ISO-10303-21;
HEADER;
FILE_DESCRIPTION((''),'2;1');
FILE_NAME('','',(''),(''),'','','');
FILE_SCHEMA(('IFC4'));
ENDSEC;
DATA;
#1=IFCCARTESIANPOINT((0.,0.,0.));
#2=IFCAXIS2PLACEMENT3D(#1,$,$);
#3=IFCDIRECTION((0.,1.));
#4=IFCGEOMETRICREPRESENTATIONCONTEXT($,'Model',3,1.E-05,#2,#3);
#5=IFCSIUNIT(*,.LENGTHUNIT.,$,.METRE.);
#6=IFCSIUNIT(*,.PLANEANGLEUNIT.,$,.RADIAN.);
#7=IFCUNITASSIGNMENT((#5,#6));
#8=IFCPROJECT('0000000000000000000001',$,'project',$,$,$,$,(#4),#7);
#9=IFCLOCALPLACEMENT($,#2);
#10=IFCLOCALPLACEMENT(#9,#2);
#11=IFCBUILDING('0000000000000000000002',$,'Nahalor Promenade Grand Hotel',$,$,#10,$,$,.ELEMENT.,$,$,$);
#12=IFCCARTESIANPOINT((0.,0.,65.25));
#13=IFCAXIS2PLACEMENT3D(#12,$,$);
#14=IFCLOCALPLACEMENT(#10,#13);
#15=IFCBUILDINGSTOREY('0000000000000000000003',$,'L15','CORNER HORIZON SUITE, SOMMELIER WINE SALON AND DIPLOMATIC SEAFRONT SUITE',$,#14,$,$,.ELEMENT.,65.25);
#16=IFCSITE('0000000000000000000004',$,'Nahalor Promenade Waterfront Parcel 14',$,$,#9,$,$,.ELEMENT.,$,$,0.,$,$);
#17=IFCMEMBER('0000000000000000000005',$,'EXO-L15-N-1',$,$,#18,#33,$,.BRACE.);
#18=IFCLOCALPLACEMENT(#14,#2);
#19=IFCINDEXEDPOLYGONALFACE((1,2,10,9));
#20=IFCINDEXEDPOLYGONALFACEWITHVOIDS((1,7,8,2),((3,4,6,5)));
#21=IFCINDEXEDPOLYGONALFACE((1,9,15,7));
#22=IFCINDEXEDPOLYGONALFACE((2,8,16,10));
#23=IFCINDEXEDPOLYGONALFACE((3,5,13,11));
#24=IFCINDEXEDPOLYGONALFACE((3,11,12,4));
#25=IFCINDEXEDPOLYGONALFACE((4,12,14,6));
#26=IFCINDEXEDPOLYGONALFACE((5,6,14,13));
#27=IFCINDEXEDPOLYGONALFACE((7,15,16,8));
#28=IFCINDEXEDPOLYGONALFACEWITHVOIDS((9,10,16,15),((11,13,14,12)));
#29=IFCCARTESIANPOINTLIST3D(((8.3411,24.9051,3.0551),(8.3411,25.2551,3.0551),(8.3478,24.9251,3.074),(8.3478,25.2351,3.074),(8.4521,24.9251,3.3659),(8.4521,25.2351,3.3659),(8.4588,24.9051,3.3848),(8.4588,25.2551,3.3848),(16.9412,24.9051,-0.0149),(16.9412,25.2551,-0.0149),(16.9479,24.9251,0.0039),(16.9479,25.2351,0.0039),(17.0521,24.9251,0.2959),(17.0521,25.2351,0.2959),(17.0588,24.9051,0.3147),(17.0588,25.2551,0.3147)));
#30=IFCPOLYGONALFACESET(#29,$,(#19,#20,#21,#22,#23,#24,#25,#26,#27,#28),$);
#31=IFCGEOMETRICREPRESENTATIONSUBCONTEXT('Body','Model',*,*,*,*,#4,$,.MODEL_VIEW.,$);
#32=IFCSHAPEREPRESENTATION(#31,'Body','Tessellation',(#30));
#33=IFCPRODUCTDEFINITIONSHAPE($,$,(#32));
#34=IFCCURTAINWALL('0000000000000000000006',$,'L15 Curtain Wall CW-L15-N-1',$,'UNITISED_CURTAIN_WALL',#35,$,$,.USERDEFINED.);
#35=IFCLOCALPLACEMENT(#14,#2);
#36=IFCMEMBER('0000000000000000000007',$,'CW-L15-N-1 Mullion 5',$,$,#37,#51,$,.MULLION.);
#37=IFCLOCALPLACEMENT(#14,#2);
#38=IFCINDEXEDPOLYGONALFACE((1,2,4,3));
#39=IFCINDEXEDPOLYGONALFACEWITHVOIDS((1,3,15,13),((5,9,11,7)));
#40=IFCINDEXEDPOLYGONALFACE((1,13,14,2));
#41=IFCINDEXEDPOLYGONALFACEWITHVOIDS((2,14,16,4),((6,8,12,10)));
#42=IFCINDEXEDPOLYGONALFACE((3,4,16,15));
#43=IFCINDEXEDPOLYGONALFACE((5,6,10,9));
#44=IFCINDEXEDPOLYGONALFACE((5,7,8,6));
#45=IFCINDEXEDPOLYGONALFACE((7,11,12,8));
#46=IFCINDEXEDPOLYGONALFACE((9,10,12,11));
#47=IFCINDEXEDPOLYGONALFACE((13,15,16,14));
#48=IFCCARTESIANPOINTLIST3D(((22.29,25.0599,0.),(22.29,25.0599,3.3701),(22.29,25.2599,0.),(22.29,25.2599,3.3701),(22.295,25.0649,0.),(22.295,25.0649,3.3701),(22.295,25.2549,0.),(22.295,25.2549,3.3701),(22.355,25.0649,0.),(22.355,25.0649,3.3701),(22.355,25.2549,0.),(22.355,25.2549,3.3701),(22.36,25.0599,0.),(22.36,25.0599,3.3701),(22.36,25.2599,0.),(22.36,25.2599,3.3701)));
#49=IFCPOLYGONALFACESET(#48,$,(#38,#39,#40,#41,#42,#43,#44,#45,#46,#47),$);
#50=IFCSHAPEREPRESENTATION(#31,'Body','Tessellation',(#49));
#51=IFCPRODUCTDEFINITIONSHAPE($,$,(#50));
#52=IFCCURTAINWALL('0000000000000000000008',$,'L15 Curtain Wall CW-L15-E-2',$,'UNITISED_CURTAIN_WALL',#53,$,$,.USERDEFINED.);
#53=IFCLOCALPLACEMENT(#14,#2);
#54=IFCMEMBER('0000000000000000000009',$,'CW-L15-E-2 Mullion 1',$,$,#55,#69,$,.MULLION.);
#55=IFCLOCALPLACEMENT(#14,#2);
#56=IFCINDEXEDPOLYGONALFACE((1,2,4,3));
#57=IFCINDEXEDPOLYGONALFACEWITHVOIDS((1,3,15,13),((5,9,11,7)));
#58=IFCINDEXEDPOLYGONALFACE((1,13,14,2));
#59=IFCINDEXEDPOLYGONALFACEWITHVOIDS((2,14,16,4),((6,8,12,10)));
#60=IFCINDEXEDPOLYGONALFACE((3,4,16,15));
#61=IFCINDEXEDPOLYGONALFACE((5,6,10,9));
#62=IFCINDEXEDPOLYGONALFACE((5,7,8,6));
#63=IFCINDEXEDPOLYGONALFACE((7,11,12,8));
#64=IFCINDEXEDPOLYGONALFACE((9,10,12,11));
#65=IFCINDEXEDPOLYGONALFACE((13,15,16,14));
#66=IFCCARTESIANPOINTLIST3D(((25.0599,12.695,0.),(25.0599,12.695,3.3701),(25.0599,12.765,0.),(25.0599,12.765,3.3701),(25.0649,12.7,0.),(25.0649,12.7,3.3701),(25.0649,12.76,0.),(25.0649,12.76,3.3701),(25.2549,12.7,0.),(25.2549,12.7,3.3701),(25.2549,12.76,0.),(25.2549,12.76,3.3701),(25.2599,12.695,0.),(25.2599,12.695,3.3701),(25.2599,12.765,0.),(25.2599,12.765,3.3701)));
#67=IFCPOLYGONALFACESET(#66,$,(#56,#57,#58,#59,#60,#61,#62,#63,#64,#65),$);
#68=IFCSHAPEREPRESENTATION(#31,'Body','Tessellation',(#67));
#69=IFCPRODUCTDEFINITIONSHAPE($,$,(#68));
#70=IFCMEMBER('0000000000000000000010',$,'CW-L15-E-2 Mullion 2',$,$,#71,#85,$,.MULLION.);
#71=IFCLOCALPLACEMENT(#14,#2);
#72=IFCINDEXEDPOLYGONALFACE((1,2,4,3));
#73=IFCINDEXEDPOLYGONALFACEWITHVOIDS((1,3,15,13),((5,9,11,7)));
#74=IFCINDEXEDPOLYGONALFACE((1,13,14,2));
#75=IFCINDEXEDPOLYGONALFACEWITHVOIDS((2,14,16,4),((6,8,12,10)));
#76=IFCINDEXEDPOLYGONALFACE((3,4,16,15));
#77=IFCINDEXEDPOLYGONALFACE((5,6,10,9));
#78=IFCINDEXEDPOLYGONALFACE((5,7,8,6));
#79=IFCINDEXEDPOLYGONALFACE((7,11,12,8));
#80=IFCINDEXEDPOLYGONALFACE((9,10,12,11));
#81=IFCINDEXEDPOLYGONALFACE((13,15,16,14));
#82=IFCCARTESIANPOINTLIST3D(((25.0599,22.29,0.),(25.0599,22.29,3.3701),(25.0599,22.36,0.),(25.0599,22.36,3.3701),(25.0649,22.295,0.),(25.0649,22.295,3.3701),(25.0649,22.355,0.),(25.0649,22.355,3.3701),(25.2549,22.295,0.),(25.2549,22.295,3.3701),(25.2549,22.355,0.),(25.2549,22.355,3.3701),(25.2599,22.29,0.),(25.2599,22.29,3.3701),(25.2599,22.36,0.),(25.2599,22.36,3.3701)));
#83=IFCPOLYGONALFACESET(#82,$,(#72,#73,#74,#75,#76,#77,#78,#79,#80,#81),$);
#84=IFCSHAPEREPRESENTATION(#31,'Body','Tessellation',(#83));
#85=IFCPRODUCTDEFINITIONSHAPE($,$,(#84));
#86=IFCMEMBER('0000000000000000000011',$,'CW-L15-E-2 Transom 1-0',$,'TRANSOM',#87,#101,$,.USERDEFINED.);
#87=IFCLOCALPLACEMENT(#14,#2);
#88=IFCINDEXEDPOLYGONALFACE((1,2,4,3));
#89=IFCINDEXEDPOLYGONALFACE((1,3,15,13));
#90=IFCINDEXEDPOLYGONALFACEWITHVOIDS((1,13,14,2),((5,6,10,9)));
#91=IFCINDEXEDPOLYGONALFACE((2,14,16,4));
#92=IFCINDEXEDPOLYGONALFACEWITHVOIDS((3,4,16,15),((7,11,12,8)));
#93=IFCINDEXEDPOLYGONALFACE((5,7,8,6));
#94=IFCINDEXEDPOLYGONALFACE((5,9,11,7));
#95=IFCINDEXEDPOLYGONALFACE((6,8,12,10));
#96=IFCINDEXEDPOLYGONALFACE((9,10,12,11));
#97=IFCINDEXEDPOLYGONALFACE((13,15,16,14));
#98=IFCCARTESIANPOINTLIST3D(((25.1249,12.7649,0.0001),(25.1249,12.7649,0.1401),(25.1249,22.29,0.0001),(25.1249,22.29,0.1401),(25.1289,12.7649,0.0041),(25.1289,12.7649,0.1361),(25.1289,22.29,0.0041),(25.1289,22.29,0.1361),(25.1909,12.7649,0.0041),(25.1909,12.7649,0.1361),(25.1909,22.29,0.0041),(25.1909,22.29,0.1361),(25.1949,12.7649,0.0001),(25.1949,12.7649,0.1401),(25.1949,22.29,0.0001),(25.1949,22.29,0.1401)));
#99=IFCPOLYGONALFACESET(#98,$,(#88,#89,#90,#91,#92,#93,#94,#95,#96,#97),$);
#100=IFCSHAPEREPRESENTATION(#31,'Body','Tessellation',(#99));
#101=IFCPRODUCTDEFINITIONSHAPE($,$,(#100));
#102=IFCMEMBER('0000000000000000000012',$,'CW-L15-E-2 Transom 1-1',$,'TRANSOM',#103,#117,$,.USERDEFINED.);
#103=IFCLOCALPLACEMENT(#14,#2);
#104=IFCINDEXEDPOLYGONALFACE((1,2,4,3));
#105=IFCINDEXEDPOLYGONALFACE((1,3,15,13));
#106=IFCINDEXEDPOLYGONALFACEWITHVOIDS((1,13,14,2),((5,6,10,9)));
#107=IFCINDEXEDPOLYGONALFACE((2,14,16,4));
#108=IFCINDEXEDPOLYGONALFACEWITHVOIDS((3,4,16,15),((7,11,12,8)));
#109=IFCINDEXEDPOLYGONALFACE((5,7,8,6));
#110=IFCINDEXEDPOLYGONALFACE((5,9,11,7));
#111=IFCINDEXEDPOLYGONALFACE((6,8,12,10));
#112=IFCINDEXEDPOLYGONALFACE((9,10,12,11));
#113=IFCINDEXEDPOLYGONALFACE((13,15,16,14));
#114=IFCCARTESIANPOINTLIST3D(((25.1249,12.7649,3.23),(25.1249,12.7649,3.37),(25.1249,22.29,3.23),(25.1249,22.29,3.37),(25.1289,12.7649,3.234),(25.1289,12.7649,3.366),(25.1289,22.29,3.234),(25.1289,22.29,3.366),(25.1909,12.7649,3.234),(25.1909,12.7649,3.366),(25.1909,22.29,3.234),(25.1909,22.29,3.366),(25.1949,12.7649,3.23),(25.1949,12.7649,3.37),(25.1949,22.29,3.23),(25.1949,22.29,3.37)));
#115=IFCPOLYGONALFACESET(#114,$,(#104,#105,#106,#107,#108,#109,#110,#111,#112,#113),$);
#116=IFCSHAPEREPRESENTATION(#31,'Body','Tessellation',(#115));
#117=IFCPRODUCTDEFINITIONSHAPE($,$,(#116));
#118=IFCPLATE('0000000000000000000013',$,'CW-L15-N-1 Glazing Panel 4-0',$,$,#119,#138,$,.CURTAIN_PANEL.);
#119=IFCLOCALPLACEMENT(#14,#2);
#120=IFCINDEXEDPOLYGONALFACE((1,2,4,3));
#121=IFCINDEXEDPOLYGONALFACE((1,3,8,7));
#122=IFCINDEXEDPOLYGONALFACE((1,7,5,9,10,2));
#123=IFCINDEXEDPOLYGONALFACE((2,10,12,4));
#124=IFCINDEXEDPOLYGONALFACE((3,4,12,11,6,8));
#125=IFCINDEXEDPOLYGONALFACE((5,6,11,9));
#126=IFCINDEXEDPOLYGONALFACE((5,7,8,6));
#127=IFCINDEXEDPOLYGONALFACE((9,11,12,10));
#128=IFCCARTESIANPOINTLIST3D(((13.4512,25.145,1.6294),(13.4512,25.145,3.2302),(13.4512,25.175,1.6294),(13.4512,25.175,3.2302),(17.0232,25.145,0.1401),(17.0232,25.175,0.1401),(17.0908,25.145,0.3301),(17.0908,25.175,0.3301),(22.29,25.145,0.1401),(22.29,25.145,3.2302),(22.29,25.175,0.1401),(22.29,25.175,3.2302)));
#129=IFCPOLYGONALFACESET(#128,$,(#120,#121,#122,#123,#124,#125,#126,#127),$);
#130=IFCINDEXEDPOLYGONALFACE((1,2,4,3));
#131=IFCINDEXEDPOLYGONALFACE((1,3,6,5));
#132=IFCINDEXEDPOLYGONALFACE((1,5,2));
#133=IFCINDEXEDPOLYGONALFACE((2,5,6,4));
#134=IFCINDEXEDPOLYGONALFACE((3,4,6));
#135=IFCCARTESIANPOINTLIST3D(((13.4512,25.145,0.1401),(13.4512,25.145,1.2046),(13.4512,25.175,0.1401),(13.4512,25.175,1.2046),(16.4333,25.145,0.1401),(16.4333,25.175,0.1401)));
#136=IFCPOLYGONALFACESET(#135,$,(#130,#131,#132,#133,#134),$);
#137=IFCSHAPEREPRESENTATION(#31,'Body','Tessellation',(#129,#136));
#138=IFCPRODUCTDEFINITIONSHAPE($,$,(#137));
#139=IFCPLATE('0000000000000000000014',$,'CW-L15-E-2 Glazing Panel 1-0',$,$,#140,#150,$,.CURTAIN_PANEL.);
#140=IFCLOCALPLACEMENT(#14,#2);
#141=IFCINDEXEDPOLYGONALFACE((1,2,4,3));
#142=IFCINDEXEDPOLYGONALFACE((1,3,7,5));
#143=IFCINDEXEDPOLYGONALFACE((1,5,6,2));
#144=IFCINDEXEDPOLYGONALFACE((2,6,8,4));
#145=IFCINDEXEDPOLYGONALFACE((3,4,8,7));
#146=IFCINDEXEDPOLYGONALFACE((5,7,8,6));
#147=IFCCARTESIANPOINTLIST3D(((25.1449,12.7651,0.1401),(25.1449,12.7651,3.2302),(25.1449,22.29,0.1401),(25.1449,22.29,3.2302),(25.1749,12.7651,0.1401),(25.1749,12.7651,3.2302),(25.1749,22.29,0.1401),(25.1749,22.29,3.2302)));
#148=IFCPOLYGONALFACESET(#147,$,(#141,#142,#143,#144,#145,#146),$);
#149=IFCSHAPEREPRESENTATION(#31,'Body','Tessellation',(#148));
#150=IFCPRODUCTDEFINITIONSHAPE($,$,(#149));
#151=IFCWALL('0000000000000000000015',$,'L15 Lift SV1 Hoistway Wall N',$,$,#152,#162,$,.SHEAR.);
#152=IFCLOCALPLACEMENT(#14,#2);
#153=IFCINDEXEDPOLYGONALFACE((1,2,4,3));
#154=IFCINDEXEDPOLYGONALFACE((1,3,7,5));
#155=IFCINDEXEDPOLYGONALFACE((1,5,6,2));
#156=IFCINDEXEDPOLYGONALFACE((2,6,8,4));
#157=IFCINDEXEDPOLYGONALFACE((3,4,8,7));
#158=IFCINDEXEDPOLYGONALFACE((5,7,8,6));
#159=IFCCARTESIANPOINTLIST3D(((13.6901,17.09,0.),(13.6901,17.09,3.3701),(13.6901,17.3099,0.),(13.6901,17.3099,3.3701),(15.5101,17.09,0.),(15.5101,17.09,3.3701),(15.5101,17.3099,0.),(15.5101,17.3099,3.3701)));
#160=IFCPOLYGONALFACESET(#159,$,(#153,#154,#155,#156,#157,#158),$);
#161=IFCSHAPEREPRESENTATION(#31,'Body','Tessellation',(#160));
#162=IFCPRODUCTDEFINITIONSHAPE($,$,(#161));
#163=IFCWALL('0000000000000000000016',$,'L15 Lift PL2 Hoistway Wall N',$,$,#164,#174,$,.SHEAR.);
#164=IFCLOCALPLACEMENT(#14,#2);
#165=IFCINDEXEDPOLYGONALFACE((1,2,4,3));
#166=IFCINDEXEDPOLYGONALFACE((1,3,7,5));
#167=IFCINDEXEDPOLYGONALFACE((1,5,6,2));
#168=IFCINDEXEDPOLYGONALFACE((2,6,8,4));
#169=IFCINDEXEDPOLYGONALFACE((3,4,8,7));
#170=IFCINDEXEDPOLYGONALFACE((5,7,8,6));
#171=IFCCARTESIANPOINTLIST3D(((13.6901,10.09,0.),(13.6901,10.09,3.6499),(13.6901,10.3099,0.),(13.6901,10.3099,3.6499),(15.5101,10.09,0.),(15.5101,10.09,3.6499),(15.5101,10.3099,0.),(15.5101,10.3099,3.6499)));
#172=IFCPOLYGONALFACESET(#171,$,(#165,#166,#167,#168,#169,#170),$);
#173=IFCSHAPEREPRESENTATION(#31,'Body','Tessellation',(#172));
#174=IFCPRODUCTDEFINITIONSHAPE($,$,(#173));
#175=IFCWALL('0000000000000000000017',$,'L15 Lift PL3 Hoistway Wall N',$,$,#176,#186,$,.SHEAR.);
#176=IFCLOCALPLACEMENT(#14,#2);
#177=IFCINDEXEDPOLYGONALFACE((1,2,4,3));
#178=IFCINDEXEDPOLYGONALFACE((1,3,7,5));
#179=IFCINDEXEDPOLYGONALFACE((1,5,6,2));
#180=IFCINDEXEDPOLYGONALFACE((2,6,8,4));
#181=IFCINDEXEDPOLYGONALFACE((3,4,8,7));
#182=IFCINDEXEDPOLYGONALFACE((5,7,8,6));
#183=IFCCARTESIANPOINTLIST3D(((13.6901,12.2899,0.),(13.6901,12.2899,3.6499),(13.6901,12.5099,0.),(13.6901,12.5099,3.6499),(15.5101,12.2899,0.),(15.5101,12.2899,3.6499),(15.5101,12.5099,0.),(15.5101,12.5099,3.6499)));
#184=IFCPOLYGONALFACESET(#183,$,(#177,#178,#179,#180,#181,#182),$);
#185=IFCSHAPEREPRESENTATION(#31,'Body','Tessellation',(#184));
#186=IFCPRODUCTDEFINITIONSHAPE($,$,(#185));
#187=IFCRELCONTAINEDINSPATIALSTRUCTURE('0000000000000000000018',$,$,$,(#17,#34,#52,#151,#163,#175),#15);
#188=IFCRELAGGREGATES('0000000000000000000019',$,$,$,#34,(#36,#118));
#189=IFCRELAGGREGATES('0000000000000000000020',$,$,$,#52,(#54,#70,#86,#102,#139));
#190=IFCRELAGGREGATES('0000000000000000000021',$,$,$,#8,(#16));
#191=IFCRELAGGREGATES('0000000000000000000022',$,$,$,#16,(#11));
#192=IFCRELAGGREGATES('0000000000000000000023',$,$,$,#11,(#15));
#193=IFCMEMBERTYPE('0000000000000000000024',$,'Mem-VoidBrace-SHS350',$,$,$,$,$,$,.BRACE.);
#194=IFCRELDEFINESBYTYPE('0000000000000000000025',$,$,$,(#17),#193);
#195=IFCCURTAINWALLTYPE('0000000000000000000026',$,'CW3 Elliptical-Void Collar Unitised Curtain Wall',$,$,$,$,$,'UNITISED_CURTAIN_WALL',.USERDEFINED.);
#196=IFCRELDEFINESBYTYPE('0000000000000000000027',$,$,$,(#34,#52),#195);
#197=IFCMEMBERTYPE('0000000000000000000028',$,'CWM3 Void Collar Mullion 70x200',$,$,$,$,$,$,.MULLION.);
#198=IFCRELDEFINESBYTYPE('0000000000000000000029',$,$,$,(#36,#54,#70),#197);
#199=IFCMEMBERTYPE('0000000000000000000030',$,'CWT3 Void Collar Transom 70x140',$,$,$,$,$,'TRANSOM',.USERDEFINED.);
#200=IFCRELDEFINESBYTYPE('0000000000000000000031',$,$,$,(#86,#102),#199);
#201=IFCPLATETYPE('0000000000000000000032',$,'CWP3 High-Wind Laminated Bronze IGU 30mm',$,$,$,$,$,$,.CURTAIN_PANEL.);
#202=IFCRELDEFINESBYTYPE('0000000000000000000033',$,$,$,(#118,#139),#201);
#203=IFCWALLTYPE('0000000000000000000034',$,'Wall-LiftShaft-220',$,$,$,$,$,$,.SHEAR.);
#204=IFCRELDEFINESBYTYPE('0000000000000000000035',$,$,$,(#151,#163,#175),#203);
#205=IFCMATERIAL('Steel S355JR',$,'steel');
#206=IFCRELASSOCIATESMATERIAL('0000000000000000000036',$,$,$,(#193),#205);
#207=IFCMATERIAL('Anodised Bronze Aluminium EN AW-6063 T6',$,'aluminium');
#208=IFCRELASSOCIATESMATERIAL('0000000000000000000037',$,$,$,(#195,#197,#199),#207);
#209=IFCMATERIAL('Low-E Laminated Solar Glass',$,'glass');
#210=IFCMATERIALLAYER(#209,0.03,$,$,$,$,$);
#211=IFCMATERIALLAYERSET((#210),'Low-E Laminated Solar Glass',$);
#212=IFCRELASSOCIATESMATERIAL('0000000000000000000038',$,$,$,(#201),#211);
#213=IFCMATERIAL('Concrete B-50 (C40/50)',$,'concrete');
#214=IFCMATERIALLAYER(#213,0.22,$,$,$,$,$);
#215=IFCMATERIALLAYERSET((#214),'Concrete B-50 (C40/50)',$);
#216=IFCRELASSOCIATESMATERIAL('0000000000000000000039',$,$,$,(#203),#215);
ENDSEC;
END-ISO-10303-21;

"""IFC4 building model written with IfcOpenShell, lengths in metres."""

from ifc_helpers import new_model, si_unit, direction, frame, frame_2d, origin, origin_2d, place, context, subcontext, project, spatial, polyline, rectangle, hollow_rectangle, outline, extrude, source, transform, mapped, material, layer, layer_set, material_profile, profile_set, type_object, element, aggregate, save


model = new_model("IFC4")

# Units and contexts
model_context = context("Model", 3, precision=1e-05, world=origin(), true_north=direction((0.0, 1.0)))
body_context = subcontext(model_context, "Body", "Model", "MODEL_VIEW")
ifc_project = project(units=[si_unit("LENGTHUNIT", "METRE"), si_unit("PLANEANGLEUNIT", "RADIAN")], contexts=[model_context])

# Site, building, storey
site_placement = place(None, origin())
site = spatial("IfcSite", under=ifc_project, at=site_placement, Name="Nahalor Promenade Waterfront Parcel 14", CompositionType="ELEMENT", RefElevation=0.0)
building_placement = place(site_placement, origin())
building = spatial("IfcBuilding", under=site, at=building_placement, Name="Nahalor Promenade Grand Hotel", CompositionType="ELEMENT")
storey_placement = place(building_placement, frame((0.0, 0.0, 65.25)))
storey = spatial("IfcBuildingStorey", under=building, at=storey_placement, Name="L15", Description="CORNER HORIZON SUITE, SOMMELIER WINE SALON AND DIPLOMATIC SEAFRONT SUITE", CompositionType="ELEMENT", Elevation=65.25)

# Shared definitions
ifc_material_1 = material(Name="Steel S355JR", Category="steel")

# Member
ifc_material_profile_1 = material_profile(ifc_material_1, hollow_rectangle(XDim=0.35, YDim=0.35, WallThickness=0.02, at=origin_2d()), Name="SHS 350x350x20")
ifc_profile_set_1 = profile_set([ifc_material_profile_1], Name="Steel S355JR")
member_type_1 = type_object("IfcMemberType", Name="Mem-VoidBrace-SHS350", PredefinedType="BRACE", material=ifc_profile_set_1)
shared_shape_1 = source(origin(), body_context, "Body", "SweptSolid", [
    extrude(hollow_rectangle(XDim=0.35, YDim=0.35, WallThickness=0.02, at=origin_2d()), origin(), (0.0, 0.0, 1.0), 9.1316),
])
member_1_placement = place(storey_placement, frame((17.0, 25.0801, 0.1499), z_axis=(-0.94179, 0.0, 0.336201), x_axis=(0.0, -1.0, 0.0)))
element("IfcMember", 1, at=member_1_placement, inside=storey, type_object=member_type_1, Name="EXO-L15-N-1", PredefinedType="BRACE", context=body_context, shape_type="MappedRepresentation", body=[
    mapped(shared_shape_1, transform((0.0, 0.0, 0.0), scale=1.0)),
])

# Curtain wall, member
ifc_material_2 = material(Name="Anodised Bronze Aluminium EN AW-6063 T6", Category="aluminium")
curtain_wall_type = type_object("IfcCurtainWallType", Name="CW3 Elliptical-Void Collar Unitised Curtain Wall", ElementType="UNITISED_CURTAIN_WALL", PredefinedType="USERDEFINED", material=ifc_material_2)
curtain_wall_1_placement = place(storey_placement, origin())
curtain_wall_1 = element("IfcCurtainWall", 2, at=curtain_wall_1_placement, inside=storey, type_object=curtain_wall_type, Name="L15 Curtain Wall CW-L15-N-1", ObjectType="UNITISED_CURTAIN_WALL", PredefinedType="USERDEFINED")
ifc_material_profile_2 = material_profile(ifc_material_2, hollow_rectangle(XDim=0.07, YDim=0.2, WallThickness=0.005, at=origin_2d()), Name="CWM 70x200x5")
ifc_profile_set_2 = profile_set([ifc_material_profile_2], Name="Anodised Bronze Aluminium EN AW-6063 T6")
member_type_2 = type_object("IfcMemberType", Name="CWM3 Void Collar Mullion 70x200", PredefinedType="MULLION", material=ifc_profile_set_2)
shared_shape_2 = source(origin(), body_context, "Body", "SweptSolid", [
    extrude(hollow_rectangle(XDim=0.07, YDim=0.2, WallThickness=0.005, at=origin_2d()), origin(), (0.0, 0.0, 1.0), 3.3701),
])
member_2_placement = place(storey_placement, frame((22.325, 25.1599, 0.0), z_axis=(0.0, 0.0, 1.0), x_axis=(1.0, 0.0, 0.0)))
member_2 = element("IfcMember", 3, at=member_2_placement, type_object=member_type_2, Name="CW-L15-N-1 Mullion 5", PredefinedType="MULLION", context=body_context, shape_type="MappedRepresentation", body=[
    mapped(shared_shape_2, transform((0.0, 0.0, 0.0), scale=1.0)),
])

# Curtain wall, members
curtain_wall_2_placement = place(storey_placement, origin())
curtain_wall_2 = element("IfcCurtainWall", 4, at=curtain_wall_2_placement, inside=storey, type_object=curtain_wall_type, Name="L15 Curtain Wall CW-L15-E-2", ObjectType="UNITISED_CURTAIN_WALL", PredefinedType="USERDEFINED")
member_3_placement = place(storey_placement, frame((25.1599, 12.73, 0.0), z_axis=(0.0, 0.0, 1.0), x_axis=(0.0, 1.0, 0.0)))
member_3 = element("IfcMember", 5, at=member_3_placement, type_object=member_type_2, Name="CW-L15-E-2 Mullion 1", PredefinedType="MULLION", context=body_context, shape_type="MappedRepresentation", body=[
    mapped(shared_shape_2, transform((0.0, 0.0, 0.0), scale=1.0)),
])
member_4_placement = place(storey_placement, frame((25.1599, 22.325, 0.0), z_axis=(0.0, 0.0, 1.0), x_axis=(0.0, 1.0, 0.0)))
member_4 = element("IfcMember", 6, at=member_4_placement, type_object=member_type_2, Name="CW-L15-E-2 Mullion 2", PredefinedType="MULLION", context=body_context, shape_type="MappedRepresentation", body=[
    mapped(shared_shape_2, transform((0.0, 0.0, 0.0), scale=1.0)),
])
ifc_material_profile_3 = material_profile(ifc_material_2, hollow_rectangle(XDim=0.07, YDim=0.14, WallThickness=0.004, at=origin_2d()), Name="CWT 70x140x4")
ifc_profile_set_3 = profile_set([ifc_material_profile_3], Name="Anodised Bronze Aluminium EN AW-6063 T6")
member_type_3 = type_object("IfcMemberType", Name="CWT3 Void Collar Transom 70x140", ElementType="TRANSOM", PredefinedType="USERDEFINED", material=ifc_profile_set_3)
shared_shape_3 = source(origin(), body_context, "Body", "SweptSolid", [
    extrude(hollow_rectangle(XDim=0.07, YDim=0.14, WallThickness=0.004, at=origin_2d()), origin(), (0.0, 0.0, 1.0), 9.5251),
])
member_5_placement = place(storey_placement, frame((25.1599, 12.7649, 0.0701), z_axis=(0.0, 1.0, 0.0), x_axis=(-1.0, 0.0, 0.0)))
member_5 = element("IfcMember", 7, at=member_5_placement, type_object=member_type_3, Name="CW-L15-E-2 Transom 1-0", ObjectType="TRANSOM", PredefinedType="USERDEFINED", context=body_context, shape_type="MappedRepresentation", body=[
    mapped(shared_shape_3, transform((0.0, 0.0, 0.0), scale=1.0)),
])
member_6_placement = place(storey_placement, frame((25.1599, 12.7649, 3.3), z_axis=(0.0, 1.0, 0.0), x_axis=(-1.0, 0.0, 0.0)))
member_6 = element("IfcMember", 8, at=member_6_placement, type_object=member_type_3, Name="CW-L15-E-2 Transom 1-1", ObjectType="TRANSOM", PredefinedType="USERDEFINED", context=body_context, shape_type="MappedRepresentation", body=[
    mapped(shared_shape_3, transform((0.0, 0.0, 0.0), scale=1.0)),
])

# Plates
ifc_material_3 = material(Name="Low-E Laminated Solar Glass", Category="glass")
ifc_layer_1 = layer(ifc_material_3, 0.03)
ifc_layer_set_1 = layer_set([ifc_layer_1], Name="Low-E Laminated Solar Glass")
plate_type = type_object("IfcPlateType", Name="CWP3 High-Wind Laminated Bronze IGU 30mm", PredefinedType="CURTAIN_PANEL", material=ifc_layer_set_1)
plate_1_placement = place(storey_placement, frame((17.8706, 25.1599, 0.1401), z_axis=(0.0, 0.0, 1.0), x_axis=(1.0, 0.0, 0.0)))
plate_1 = element("IfcPlate", 9, at=plate_1_placement, type_object=plate_type, Name="CW-L15-N-1 Glazing Panel 4-0", PredefinedType="CURTAIN_PANEL", context=body_context, shape_type="SweptSolid", body=[
    extrude(outline(polyline([(4.4194, 3.0901), (-4.4194, 3.0901), (-4.4194, 1.4893), (-0.7798, 0.1899), (-0.8474, 0.0), (4.4194, 0.0), (4.4194, 3.0901)])), frame((0.0, 0.0151, 0.0), z_axis=(0.0, -1.0, 0.0), x_axis=(1.0, 0.0, 0.0)), (0.0, 0.0, 1.0), 0.03),
    extrude(outline(polyline([(-4.4194, 1.0645), (-4.4194, 0.0), (-1.4373, 0.0), (-4.4194, 1.0645)])), frame((0.0, 0.0151, 0.0), z_axis=(0.0, -1.0, 0.0), x_axis=(1.0, 0.0, 0.0)), (0.0, 0.0, 1.0), 0.03),
])
aggregate(curtain_wall_1, [member_2, plate_1])
shared_shape_4 = source(origin(), body_context, "Body", "SweptSolid", [
    extrude(rectangle(XDim=9.5249, YDim=0.03, at=origin_2d()), origin(), (0.0, 0.0, 1.0), 3.0901),
])
plate_2_placement = place(storey_placement, frame((25.1599, 17.5276, 0.1401), z_axis=(0.0, 0.0, 1.0), x_axis=(0.0, 1.0, 0.0)))
plate_2 = element("IfcPlate", 10, at=plate_2_placement, type_object=plate_type, Name="CW-L15-E-2 Glazing Panel 1-0", PredefinedType="CURTAIN_PANEL", context=body_context, shape_type="MappedRepresentation", body=[
    mapped(shared_shape_4, transform((0.0, 0.0, 0.0), scale=1.0)),
])
aggregate(curtain_wall_2, [member_3, member_4, member_5, member_6, plate_2])

# Walls
ifc_material_4 = material(Name="Concrete B-50 (C40/50)", Category="concrete")
ifc_layer_2 = layer(ifc_material_4, 0.22)
ifc_layer_set_2 = layer_set([ifc_layer_2], Name="Concrete B-50 (C40/50)")
wall_type_1 = type_object("IfcWallType", Name="Wall-LiftShaft-220", PredefinedType="SHEAR", material=ifc_layer_set_2)
shared_shape_5 = source(origin(), body_context, "Body", "SweptSolid", [
    extrude(rectangle(XDim=1.8201, YDim=0.22, at=frame_2d((0.9102, 0.0))), origin(), (0.0, 0.0, 1.0), 3.3701),
])
wall_1_placement = place(storey_placement, frame((13.6899, 17.2, 0.0), z_axis=(0.0, 0.0, 1.0), x_axis=(1.0, 0.0, 0.0)))
element("IfcWall", 11, at=wall_1_placement, inside=storey, type_object=wall_type_1, Name="L15 Lift SV1 Hoistway Wall N", PredefinedType="SHEAR", context=body_context, shape_type="MappedRepresentation", body=[
    mapped(shared_shape_5, transform((0.0, 0.0, 0.0), scale=1.0)),
])
shared_shape_6 = source(origin(), body_context, "Body", "SweptSolid", [
    extrude(rectangle(XDim=1.8201, YDim=0.22, at=frame_2d((0.9102, 0.0))), origin(), (0.0, 0.0, 1.0), 3.6499),
])
for number, where, z_axis, x_axis, name in (
    (12, (13.6899, 10.2, 0.0), (0.0, 0.0, 1.0), (1.0, 0.0, 0.0), "L15 Lift PL2 Hoistway Wall N"),
    (13, (13.6899, 12.3999, 0.0), (0.0, 0.0, 1.0), (1.0, 0.0, 0.0), "L15 Lift PL3 Hoistway Wall N"),
):
    element("IfcWall", number, at=place(storey_placement, frame(where, z_axis=z_axis, x_axis=x_axis)), inside=storey, type_object=wall_type_1, Name=name, PredefinedType="SHEAR", context=body_context, shape_type="MappedRepresentation", body=[
        mapped(shared_shape_6, transform((0.0, 0.0, 0.0), scale=1.0)),
    ])

save(model, "model.ifc")
